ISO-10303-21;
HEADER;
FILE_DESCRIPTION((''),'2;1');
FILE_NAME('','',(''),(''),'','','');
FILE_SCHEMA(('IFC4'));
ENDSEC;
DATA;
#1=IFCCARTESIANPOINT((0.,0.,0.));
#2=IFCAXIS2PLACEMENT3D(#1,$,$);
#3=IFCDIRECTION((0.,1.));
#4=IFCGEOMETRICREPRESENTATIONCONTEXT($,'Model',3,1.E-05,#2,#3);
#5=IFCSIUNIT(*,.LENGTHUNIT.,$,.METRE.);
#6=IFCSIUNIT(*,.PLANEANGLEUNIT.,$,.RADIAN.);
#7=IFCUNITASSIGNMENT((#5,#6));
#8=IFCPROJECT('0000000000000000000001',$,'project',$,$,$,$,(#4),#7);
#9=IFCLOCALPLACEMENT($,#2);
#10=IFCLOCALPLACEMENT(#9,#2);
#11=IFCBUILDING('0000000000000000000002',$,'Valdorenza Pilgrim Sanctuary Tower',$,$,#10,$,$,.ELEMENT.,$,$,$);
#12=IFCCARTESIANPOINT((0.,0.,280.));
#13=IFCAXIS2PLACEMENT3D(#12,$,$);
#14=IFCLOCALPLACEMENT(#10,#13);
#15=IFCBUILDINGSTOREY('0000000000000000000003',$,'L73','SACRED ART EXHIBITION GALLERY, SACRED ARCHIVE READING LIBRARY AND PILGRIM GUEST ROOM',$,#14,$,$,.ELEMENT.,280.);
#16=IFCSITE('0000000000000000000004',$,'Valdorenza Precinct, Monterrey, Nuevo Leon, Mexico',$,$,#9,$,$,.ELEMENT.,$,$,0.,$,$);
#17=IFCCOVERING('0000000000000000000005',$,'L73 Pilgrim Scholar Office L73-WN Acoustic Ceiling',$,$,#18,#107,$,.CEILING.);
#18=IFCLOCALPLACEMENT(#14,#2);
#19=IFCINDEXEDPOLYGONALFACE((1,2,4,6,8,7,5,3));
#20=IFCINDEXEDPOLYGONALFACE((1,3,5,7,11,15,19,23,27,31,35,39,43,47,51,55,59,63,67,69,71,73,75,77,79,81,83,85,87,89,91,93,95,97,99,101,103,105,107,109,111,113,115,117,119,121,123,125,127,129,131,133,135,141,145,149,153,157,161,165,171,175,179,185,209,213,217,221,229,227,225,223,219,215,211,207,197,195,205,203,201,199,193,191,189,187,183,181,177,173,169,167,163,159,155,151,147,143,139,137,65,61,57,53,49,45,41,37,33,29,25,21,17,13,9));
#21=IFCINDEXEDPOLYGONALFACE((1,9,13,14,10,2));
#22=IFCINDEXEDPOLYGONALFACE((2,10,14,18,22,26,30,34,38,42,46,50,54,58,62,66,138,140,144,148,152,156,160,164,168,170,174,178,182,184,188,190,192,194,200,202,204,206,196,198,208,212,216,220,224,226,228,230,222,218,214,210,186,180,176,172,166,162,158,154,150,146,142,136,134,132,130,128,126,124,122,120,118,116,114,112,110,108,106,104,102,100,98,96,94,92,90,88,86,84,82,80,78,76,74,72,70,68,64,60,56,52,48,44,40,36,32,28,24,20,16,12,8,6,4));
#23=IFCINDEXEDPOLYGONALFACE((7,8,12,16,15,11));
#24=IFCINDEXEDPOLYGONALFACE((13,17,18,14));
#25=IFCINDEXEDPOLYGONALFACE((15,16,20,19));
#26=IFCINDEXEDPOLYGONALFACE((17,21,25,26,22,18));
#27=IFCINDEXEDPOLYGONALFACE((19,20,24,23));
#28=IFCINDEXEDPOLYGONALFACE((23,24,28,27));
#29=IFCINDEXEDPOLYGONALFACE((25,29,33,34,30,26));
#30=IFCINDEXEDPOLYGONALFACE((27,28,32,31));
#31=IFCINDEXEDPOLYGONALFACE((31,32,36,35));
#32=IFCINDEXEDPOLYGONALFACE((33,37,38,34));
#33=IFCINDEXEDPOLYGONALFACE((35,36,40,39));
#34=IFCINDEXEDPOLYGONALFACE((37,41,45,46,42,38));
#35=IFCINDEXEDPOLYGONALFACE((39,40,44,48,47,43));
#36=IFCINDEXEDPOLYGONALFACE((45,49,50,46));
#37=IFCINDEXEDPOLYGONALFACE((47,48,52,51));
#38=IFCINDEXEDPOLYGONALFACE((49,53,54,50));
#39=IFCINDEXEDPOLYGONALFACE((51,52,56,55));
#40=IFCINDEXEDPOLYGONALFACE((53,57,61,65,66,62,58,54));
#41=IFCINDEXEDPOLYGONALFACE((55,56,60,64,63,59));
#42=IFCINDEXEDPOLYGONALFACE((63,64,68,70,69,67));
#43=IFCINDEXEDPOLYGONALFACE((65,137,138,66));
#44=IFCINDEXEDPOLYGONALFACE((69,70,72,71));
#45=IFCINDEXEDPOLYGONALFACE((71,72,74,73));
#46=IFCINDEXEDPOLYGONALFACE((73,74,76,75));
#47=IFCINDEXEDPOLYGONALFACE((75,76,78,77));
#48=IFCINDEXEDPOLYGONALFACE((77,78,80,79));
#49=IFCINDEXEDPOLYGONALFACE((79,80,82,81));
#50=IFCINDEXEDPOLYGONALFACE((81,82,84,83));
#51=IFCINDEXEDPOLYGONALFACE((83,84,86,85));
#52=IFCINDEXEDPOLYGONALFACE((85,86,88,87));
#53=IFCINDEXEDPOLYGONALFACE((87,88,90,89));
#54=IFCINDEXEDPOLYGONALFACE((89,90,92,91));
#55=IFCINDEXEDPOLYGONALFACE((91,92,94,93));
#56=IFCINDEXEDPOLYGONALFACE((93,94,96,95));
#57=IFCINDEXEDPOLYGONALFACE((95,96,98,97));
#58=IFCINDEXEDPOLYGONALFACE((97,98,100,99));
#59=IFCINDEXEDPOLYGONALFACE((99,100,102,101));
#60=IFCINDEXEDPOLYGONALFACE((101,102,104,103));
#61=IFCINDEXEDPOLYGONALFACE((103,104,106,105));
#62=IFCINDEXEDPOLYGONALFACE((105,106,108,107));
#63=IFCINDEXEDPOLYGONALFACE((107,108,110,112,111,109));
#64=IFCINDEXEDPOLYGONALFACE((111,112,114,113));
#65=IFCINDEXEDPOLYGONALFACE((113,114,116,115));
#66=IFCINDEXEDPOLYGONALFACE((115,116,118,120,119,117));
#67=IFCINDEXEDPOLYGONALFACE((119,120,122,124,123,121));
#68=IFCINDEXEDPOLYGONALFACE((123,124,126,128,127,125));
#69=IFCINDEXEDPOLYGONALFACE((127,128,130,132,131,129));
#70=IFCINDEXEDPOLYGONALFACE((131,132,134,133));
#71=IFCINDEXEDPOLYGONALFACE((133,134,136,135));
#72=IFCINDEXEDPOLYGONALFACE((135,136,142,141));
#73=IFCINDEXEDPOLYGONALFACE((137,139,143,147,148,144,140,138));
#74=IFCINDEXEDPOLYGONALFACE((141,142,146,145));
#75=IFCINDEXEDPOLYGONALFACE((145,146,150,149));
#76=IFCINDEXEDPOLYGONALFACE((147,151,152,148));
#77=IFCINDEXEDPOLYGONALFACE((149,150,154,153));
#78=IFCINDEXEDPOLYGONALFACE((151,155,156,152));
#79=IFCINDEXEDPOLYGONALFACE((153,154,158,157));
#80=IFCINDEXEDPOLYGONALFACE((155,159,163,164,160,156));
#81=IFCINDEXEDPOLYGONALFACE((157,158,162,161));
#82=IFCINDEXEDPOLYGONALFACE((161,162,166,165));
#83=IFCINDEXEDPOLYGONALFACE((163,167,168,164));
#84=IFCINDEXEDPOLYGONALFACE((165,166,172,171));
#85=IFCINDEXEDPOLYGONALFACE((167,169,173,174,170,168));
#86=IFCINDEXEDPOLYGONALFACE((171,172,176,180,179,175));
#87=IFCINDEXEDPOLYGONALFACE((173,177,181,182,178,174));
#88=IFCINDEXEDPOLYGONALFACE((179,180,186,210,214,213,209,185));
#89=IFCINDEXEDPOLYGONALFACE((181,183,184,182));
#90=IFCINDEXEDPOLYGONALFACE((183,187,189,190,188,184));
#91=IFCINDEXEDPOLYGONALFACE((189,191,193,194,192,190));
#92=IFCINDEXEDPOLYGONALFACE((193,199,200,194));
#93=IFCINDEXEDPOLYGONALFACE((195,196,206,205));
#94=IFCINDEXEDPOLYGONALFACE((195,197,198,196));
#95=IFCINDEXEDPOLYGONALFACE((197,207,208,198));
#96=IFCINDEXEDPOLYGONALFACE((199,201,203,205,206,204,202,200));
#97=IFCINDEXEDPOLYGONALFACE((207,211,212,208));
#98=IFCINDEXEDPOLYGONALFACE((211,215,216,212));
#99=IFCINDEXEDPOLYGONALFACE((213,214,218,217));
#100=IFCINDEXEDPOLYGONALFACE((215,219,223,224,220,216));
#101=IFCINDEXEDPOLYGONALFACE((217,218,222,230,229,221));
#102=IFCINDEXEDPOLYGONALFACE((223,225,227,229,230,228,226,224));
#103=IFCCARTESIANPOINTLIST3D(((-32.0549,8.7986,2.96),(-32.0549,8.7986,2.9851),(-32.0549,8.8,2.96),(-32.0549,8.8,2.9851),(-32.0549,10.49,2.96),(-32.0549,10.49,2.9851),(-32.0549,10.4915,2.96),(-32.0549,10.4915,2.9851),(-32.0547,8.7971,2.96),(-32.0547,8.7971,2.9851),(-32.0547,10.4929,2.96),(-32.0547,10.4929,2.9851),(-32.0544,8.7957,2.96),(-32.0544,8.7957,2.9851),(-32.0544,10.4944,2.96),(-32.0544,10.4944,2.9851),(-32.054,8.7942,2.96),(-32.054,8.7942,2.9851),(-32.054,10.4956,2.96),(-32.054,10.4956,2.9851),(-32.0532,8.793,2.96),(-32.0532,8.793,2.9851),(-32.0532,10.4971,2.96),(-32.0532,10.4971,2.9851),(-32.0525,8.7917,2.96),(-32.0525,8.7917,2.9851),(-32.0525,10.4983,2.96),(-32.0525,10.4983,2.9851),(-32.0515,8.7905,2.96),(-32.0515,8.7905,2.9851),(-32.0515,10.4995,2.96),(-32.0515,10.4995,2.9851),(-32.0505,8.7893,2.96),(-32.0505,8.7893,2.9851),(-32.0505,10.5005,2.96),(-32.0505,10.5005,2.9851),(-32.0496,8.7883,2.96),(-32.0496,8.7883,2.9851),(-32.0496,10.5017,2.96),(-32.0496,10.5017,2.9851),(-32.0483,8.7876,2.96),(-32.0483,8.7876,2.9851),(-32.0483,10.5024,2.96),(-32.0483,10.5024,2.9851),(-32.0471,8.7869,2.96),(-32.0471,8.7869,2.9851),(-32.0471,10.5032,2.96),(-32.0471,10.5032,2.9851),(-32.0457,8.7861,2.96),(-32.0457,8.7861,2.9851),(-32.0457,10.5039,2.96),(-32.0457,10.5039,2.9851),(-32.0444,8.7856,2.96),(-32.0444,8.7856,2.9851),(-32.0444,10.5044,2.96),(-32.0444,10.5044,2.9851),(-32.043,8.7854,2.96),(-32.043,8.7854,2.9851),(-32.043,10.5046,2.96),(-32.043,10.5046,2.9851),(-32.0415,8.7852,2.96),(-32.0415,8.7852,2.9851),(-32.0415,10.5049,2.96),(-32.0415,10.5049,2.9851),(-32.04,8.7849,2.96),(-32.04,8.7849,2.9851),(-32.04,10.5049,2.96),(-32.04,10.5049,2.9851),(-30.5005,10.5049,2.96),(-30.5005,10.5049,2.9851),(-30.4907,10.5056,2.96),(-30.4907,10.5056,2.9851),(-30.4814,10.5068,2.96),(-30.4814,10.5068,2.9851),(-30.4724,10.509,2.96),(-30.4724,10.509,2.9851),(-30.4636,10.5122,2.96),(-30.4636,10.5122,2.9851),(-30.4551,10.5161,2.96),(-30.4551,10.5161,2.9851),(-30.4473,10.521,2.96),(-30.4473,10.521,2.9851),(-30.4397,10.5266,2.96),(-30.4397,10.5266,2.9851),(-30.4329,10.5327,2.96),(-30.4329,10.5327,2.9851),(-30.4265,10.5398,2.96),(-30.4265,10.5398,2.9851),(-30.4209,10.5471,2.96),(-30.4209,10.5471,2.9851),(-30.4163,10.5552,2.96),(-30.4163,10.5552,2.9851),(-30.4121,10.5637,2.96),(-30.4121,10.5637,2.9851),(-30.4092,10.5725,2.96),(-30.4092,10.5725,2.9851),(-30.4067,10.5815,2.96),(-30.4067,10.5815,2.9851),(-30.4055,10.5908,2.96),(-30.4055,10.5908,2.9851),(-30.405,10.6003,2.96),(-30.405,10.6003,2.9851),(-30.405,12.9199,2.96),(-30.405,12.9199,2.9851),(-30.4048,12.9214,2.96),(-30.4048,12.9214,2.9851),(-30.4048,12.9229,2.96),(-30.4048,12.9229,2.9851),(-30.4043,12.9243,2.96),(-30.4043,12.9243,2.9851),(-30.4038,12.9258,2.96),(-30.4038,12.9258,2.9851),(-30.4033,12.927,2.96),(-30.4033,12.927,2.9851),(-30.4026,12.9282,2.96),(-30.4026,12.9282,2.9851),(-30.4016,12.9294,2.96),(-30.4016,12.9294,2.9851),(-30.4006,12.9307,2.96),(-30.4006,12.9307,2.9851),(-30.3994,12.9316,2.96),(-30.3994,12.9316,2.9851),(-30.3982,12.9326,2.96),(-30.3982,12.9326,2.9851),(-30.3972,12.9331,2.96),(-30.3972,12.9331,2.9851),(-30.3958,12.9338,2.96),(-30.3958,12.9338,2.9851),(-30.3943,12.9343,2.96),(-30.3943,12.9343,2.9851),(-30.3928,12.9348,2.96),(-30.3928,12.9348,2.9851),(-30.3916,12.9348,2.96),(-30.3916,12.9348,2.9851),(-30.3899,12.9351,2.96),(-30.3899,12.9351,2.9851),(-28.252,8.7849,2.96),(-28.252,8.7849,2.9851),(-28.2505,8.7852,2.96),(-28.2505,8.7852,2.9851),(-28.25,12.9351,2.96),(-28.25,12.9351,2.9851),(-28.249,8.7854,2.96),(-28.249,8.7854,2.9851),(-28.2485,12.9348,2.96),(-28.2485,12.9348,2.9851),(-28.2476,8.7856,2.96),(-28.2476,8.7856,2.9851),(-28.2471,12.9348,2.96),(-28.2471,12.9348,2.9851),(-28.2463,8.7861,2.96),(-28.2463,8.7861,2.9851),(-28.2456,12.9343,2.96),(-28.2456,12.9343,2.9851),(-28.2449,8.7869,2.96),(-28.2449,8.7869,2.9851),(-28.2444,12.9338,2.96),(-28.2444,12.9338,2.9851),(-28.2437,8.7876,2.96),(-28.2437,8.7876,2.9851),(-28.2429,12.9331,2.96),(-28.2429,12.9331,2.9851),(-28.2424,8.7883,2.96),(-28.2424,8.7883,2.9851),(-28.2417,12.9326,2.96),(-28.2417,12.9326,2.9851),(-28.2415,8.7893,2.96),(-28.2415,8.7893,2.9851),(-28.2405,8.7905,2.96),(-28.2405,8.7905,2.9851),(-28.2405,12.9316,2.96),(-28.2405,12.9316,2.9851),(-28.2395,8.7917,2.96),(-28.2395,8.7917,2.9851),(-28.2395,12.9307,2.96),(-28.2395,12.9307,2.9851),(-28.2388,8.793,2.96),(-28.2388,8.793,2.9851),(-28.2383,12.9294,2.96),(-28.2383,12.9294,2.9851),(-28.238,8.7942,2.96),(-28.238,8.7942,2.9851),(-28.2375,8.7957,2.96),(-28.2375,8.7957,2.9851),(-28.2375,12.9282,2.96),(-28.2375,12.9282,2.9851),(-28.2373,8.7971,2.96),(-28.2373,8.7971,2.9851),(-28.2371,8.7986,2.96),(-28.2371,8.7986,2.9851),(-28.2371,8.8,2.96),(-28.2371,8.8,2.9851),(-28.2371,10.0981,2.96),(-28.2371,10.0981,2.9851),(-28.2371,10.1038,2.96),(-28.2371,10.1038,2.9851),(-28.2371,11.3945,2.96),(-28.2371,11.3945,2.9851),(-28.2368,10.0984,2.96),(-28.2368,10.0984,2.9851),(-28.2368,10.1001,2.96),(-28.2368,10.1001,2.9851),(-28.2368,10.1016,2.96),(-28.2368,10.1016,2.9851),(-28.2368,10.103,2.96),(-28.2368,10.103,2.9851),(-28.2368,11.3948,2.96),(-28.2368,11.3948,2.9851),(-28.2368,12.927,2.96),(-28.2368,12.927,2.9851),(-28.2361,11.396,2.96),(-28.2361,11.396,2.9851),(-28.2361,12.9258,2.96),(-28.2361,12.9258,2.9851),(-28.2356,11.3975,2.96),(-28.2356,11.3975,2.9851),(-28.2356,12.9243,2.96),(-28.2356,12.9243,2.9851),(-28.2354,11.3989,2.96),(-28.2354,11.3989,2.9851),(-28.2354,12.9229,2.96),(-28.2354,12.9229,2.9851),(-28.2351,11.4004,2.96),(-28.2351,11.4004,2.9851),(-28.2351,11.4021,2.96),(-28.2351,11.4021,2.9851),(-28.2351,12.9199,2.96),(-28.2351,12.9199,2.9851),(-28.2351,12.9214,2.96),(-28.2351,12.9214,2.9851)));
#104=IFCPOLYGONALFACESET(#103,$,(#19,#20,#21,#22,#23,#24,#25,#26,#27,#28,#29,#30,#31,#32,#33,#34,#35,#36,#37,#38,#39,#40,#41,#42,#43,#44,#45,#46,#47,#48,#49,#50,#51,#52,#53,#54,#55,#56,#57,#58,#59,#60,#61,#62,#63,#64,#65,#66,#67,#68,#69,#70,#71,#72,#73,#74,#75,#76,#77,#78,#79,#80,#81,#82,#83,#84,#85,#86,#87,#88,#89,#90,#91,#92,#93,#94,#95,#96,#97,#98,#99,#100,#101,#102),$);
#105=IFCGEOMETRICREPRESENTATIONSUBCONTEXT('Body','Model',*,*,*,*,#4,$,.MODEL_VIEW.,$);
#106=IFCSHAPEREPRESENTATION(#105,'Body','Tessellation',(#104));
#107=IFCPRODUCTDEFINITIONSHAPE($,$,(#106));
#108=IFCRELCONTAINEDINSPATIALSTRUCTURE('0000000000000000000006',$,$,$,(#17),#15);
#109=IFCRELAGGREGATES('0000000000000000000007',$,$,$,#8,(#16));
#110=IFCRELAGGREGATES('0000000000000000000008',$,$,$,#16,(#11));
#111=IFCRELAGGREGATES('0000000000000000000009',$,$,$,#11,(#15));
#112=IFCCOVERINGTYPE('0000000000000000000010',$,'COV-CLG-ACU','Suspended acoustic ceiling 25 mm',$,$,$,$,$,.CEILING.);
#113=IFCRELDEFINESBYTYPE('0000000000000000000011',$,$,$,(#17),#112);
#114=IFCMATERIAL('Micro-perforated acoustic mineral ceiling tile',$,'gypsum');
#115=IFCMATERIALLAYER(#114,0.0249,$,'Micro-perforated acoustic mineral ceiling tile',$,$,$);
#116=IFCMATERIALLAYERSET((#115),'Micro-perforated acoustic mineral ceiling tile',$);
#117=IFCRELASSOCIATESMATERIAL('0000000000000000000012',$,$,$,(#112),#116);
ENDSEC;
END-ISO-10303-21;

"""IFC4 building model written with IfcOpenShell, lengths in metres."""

from ifc_helpers import new_model, si_unit, direction, frame, origin, place, context, subcontext, project, spatial, polyline, outline, extrude, material, layer, layer_set, type_object, element, save


model = new_model("IFC4")

# Units and contexts
model_context = context("Model", 3, precision=1e-05, world=origin(), true_north=direction((0.0, 1.0)))
body_context = subcontext(model_context, "Body", "Model", "MODEL_VIEW")
ifc_project = project(units=[si_unit("LENGTHUNIT", "METRE"), si_unit("PLANEANGLEUNIT", "RADIAN")], contexts=[model_context])

# Site, building, storey
site_placement = place(None, origin())
site = spatial("IfcSite", under=ifc_project, at=site_placement, Name="Valdorenza Precinct, Monterrey, Nuevo Leon, Mexico", CompositionType="ELEMENT", RefElevation=0.0)
building_placement = place(site_placement, origin())
building = spatial("IfcBuilding", under=site, at=building_placement, Name="Valdorenza Pilgrim Sanctuary Tower", CompositionType="ELEMENT")
storey_placement = place(building_placement, frame((0.0, 0.0, 280.0)))
storey = spatial("IfcBuildingStorey", under=building, at=storey_placement, Name="L73", Description="SACRED ART EXHIBITION GALLERY, SACRED ARCHIVE READING LIBRARY AND PILGRIM GUEST ROOM", CompositionType="ELEMENT", Elevation=280.0)

# Covering
ifc_material_1 = material(Name="Micro-perforated acoustic mineral ceiling tile", Category="gypsum")
ifc_layer_1 = layer(ifc_material_1, 0.0249, Name="Micro-perforated acoustic mineral ceiling tile")
ifc_layer_set_1 = layer_set([ifc_layer_1], Name="Micro-perforated acoustic mineral ceiling tile")
covering_type_1 = type_object("IfcCoveringType", Name="COV-CLG-ACU", Description="Suspended acoustic ceiling 25 mm", PredefinedType="CEILING", material=ifc_layer_set_1)
covering_1_placement = place(storey_placement, frame((0.0, 0.0, 2.96)))
element("IfcCovering", 1, at=covering_1_placement, inside=storey, type_object=covering_type_1, Name="L73 Pilgrim Scholar Office L73-WN Acoustic Ceiling", PredefinedType="CEILING", context=body_context, shape_type="SweptSolid", body=[
    extrude(outline(polyline([(-28.2371, 11.3945), (-28.2371, 10.1038), (-28.2368, 10.103), (-28.2368, 10.1016), (-28.2368, 10.1001), (-28.2368, 10.0984), (-28.2371, 10.0981), (-28.2371, 8.8), (-28.2371, 8.7986), (-28.2373, 8.7971), (-28.2375, 8.7957), (-28.238, 8.7942), (-28.2388, 8.793), (-28.2395, 8.7917), (-28.2405, 8.7905), (-28.2415, 8.7893), (-28.2424, 8.7883), (-28.2437, 8.7876), (-28.2449, 8.7869), (-28.2463, 8.7861), (-28.2476, 8.7856), (-28.249, 8.7854), (-28.2505, 8.7852), (-28.252, 8.7849), (-32.04, 8.7849), (-32.0415, 8.7852), (-32.043, 8.7854), (-32.0444, 8.7856), (-32.0457, 8.7861), (-32.0471, 8.7869), (-32.0483, 8.7876), (-32.0496, 8.7883), (-32.0505, 8.7893), (-32.0515, 8.7905), (-32.0525, 8.7917), (-32.0532, 8.793), (-32.054, 8.7942), (-32.0544, 8.7957), (-32.0547, 8.7971), (-32.0549, 8.7986), (-32.0549, 8.8), (-32.0549, 10.49), (-32.0549, 10.4915), (-32.0547, 10.4929), (-32.0544, 10.4944), (-32.054, 10.4956), (-32.0532, 10.4971), (-32.0525, 10.4983), (-32.0515, 10.4995), (-32.0505, 10.5005), (-32.0496, 10.5017), (-32.0483, 10.5024), (-32.0471, 10.5032), (-32.0457, 10.5039), (-32.0444, 10.5044), (-32.043, 10.5046), (-32.0415, 10.5049), (-32.04, 10.5049), (-30.5005, 10.5049), (-30.4907, 10.5056), (-30.4814, 10.5068), (-30.4724, 10.509), (-30.4636, 10.5122), (-30.4551, 10.5161), (-30.4473, 10.521), (-30.4397, 10.5266), (-30.4329, 10.5327), (-30.4265, 10.5398), (-30.4209, 10.5471), (-30.4163, 10.5552), (-30.4121, 10.5637), (-30.4092, 10.5725), (-30.4067, 10.5815), (-30.4055, 10.5908), (-30.405, 10.6003), (-30.405, 12.9199), (-30.4048, 12.9214), (-30.4048, 12.9229), (-30.4043, 12.9243), (-30.4038, 12.9258), (-30.4033, 12.927), (-30.4026, 12.9282), (-30.4016, 12.9294), (-30.4006, 12.9307), (-30.3994, 12.9316), (-30.3982, 12.9326), (-30.3972, 12.9331), (-30.3958, 12.9338), (-30.3943, 12.9343), (-30.3928, 12.9348), (-30.3916, 12.9348), (-30.3899, 12.9351), (-28.25, 12.9351), (-28.2485, 12.9348), (-28.2471, 12.9348), (-28.2456, 12.9343), (-28.2444, 12.9338), (-28.2429, 12.9331), (-28.2417, 12.9326), (-28.2405, 12.9316), (-28.2395, 12.9307), (-28.2383, 12.9294), (-28.2375, 12.9282), (-28.2368, 12.927), (-28.2361, 12.9258), (-28.2356, 12.9243), (-28.2354, 12.9229), (-28.2351, 12.9214), (-28.2351, 12.9199), (-28.2351, 11.4021), (-28.2351, 11.4004), (-28.2354, 11.3989), (-28.2356, 11.3975), (-28.2361, 11.396), (-28.2368, 11.3948), (-28.2371, 11.3945)])), origin(), (0.0, 0.0, 1.0), 0.0251),
])

save(model, "model.ifc")
